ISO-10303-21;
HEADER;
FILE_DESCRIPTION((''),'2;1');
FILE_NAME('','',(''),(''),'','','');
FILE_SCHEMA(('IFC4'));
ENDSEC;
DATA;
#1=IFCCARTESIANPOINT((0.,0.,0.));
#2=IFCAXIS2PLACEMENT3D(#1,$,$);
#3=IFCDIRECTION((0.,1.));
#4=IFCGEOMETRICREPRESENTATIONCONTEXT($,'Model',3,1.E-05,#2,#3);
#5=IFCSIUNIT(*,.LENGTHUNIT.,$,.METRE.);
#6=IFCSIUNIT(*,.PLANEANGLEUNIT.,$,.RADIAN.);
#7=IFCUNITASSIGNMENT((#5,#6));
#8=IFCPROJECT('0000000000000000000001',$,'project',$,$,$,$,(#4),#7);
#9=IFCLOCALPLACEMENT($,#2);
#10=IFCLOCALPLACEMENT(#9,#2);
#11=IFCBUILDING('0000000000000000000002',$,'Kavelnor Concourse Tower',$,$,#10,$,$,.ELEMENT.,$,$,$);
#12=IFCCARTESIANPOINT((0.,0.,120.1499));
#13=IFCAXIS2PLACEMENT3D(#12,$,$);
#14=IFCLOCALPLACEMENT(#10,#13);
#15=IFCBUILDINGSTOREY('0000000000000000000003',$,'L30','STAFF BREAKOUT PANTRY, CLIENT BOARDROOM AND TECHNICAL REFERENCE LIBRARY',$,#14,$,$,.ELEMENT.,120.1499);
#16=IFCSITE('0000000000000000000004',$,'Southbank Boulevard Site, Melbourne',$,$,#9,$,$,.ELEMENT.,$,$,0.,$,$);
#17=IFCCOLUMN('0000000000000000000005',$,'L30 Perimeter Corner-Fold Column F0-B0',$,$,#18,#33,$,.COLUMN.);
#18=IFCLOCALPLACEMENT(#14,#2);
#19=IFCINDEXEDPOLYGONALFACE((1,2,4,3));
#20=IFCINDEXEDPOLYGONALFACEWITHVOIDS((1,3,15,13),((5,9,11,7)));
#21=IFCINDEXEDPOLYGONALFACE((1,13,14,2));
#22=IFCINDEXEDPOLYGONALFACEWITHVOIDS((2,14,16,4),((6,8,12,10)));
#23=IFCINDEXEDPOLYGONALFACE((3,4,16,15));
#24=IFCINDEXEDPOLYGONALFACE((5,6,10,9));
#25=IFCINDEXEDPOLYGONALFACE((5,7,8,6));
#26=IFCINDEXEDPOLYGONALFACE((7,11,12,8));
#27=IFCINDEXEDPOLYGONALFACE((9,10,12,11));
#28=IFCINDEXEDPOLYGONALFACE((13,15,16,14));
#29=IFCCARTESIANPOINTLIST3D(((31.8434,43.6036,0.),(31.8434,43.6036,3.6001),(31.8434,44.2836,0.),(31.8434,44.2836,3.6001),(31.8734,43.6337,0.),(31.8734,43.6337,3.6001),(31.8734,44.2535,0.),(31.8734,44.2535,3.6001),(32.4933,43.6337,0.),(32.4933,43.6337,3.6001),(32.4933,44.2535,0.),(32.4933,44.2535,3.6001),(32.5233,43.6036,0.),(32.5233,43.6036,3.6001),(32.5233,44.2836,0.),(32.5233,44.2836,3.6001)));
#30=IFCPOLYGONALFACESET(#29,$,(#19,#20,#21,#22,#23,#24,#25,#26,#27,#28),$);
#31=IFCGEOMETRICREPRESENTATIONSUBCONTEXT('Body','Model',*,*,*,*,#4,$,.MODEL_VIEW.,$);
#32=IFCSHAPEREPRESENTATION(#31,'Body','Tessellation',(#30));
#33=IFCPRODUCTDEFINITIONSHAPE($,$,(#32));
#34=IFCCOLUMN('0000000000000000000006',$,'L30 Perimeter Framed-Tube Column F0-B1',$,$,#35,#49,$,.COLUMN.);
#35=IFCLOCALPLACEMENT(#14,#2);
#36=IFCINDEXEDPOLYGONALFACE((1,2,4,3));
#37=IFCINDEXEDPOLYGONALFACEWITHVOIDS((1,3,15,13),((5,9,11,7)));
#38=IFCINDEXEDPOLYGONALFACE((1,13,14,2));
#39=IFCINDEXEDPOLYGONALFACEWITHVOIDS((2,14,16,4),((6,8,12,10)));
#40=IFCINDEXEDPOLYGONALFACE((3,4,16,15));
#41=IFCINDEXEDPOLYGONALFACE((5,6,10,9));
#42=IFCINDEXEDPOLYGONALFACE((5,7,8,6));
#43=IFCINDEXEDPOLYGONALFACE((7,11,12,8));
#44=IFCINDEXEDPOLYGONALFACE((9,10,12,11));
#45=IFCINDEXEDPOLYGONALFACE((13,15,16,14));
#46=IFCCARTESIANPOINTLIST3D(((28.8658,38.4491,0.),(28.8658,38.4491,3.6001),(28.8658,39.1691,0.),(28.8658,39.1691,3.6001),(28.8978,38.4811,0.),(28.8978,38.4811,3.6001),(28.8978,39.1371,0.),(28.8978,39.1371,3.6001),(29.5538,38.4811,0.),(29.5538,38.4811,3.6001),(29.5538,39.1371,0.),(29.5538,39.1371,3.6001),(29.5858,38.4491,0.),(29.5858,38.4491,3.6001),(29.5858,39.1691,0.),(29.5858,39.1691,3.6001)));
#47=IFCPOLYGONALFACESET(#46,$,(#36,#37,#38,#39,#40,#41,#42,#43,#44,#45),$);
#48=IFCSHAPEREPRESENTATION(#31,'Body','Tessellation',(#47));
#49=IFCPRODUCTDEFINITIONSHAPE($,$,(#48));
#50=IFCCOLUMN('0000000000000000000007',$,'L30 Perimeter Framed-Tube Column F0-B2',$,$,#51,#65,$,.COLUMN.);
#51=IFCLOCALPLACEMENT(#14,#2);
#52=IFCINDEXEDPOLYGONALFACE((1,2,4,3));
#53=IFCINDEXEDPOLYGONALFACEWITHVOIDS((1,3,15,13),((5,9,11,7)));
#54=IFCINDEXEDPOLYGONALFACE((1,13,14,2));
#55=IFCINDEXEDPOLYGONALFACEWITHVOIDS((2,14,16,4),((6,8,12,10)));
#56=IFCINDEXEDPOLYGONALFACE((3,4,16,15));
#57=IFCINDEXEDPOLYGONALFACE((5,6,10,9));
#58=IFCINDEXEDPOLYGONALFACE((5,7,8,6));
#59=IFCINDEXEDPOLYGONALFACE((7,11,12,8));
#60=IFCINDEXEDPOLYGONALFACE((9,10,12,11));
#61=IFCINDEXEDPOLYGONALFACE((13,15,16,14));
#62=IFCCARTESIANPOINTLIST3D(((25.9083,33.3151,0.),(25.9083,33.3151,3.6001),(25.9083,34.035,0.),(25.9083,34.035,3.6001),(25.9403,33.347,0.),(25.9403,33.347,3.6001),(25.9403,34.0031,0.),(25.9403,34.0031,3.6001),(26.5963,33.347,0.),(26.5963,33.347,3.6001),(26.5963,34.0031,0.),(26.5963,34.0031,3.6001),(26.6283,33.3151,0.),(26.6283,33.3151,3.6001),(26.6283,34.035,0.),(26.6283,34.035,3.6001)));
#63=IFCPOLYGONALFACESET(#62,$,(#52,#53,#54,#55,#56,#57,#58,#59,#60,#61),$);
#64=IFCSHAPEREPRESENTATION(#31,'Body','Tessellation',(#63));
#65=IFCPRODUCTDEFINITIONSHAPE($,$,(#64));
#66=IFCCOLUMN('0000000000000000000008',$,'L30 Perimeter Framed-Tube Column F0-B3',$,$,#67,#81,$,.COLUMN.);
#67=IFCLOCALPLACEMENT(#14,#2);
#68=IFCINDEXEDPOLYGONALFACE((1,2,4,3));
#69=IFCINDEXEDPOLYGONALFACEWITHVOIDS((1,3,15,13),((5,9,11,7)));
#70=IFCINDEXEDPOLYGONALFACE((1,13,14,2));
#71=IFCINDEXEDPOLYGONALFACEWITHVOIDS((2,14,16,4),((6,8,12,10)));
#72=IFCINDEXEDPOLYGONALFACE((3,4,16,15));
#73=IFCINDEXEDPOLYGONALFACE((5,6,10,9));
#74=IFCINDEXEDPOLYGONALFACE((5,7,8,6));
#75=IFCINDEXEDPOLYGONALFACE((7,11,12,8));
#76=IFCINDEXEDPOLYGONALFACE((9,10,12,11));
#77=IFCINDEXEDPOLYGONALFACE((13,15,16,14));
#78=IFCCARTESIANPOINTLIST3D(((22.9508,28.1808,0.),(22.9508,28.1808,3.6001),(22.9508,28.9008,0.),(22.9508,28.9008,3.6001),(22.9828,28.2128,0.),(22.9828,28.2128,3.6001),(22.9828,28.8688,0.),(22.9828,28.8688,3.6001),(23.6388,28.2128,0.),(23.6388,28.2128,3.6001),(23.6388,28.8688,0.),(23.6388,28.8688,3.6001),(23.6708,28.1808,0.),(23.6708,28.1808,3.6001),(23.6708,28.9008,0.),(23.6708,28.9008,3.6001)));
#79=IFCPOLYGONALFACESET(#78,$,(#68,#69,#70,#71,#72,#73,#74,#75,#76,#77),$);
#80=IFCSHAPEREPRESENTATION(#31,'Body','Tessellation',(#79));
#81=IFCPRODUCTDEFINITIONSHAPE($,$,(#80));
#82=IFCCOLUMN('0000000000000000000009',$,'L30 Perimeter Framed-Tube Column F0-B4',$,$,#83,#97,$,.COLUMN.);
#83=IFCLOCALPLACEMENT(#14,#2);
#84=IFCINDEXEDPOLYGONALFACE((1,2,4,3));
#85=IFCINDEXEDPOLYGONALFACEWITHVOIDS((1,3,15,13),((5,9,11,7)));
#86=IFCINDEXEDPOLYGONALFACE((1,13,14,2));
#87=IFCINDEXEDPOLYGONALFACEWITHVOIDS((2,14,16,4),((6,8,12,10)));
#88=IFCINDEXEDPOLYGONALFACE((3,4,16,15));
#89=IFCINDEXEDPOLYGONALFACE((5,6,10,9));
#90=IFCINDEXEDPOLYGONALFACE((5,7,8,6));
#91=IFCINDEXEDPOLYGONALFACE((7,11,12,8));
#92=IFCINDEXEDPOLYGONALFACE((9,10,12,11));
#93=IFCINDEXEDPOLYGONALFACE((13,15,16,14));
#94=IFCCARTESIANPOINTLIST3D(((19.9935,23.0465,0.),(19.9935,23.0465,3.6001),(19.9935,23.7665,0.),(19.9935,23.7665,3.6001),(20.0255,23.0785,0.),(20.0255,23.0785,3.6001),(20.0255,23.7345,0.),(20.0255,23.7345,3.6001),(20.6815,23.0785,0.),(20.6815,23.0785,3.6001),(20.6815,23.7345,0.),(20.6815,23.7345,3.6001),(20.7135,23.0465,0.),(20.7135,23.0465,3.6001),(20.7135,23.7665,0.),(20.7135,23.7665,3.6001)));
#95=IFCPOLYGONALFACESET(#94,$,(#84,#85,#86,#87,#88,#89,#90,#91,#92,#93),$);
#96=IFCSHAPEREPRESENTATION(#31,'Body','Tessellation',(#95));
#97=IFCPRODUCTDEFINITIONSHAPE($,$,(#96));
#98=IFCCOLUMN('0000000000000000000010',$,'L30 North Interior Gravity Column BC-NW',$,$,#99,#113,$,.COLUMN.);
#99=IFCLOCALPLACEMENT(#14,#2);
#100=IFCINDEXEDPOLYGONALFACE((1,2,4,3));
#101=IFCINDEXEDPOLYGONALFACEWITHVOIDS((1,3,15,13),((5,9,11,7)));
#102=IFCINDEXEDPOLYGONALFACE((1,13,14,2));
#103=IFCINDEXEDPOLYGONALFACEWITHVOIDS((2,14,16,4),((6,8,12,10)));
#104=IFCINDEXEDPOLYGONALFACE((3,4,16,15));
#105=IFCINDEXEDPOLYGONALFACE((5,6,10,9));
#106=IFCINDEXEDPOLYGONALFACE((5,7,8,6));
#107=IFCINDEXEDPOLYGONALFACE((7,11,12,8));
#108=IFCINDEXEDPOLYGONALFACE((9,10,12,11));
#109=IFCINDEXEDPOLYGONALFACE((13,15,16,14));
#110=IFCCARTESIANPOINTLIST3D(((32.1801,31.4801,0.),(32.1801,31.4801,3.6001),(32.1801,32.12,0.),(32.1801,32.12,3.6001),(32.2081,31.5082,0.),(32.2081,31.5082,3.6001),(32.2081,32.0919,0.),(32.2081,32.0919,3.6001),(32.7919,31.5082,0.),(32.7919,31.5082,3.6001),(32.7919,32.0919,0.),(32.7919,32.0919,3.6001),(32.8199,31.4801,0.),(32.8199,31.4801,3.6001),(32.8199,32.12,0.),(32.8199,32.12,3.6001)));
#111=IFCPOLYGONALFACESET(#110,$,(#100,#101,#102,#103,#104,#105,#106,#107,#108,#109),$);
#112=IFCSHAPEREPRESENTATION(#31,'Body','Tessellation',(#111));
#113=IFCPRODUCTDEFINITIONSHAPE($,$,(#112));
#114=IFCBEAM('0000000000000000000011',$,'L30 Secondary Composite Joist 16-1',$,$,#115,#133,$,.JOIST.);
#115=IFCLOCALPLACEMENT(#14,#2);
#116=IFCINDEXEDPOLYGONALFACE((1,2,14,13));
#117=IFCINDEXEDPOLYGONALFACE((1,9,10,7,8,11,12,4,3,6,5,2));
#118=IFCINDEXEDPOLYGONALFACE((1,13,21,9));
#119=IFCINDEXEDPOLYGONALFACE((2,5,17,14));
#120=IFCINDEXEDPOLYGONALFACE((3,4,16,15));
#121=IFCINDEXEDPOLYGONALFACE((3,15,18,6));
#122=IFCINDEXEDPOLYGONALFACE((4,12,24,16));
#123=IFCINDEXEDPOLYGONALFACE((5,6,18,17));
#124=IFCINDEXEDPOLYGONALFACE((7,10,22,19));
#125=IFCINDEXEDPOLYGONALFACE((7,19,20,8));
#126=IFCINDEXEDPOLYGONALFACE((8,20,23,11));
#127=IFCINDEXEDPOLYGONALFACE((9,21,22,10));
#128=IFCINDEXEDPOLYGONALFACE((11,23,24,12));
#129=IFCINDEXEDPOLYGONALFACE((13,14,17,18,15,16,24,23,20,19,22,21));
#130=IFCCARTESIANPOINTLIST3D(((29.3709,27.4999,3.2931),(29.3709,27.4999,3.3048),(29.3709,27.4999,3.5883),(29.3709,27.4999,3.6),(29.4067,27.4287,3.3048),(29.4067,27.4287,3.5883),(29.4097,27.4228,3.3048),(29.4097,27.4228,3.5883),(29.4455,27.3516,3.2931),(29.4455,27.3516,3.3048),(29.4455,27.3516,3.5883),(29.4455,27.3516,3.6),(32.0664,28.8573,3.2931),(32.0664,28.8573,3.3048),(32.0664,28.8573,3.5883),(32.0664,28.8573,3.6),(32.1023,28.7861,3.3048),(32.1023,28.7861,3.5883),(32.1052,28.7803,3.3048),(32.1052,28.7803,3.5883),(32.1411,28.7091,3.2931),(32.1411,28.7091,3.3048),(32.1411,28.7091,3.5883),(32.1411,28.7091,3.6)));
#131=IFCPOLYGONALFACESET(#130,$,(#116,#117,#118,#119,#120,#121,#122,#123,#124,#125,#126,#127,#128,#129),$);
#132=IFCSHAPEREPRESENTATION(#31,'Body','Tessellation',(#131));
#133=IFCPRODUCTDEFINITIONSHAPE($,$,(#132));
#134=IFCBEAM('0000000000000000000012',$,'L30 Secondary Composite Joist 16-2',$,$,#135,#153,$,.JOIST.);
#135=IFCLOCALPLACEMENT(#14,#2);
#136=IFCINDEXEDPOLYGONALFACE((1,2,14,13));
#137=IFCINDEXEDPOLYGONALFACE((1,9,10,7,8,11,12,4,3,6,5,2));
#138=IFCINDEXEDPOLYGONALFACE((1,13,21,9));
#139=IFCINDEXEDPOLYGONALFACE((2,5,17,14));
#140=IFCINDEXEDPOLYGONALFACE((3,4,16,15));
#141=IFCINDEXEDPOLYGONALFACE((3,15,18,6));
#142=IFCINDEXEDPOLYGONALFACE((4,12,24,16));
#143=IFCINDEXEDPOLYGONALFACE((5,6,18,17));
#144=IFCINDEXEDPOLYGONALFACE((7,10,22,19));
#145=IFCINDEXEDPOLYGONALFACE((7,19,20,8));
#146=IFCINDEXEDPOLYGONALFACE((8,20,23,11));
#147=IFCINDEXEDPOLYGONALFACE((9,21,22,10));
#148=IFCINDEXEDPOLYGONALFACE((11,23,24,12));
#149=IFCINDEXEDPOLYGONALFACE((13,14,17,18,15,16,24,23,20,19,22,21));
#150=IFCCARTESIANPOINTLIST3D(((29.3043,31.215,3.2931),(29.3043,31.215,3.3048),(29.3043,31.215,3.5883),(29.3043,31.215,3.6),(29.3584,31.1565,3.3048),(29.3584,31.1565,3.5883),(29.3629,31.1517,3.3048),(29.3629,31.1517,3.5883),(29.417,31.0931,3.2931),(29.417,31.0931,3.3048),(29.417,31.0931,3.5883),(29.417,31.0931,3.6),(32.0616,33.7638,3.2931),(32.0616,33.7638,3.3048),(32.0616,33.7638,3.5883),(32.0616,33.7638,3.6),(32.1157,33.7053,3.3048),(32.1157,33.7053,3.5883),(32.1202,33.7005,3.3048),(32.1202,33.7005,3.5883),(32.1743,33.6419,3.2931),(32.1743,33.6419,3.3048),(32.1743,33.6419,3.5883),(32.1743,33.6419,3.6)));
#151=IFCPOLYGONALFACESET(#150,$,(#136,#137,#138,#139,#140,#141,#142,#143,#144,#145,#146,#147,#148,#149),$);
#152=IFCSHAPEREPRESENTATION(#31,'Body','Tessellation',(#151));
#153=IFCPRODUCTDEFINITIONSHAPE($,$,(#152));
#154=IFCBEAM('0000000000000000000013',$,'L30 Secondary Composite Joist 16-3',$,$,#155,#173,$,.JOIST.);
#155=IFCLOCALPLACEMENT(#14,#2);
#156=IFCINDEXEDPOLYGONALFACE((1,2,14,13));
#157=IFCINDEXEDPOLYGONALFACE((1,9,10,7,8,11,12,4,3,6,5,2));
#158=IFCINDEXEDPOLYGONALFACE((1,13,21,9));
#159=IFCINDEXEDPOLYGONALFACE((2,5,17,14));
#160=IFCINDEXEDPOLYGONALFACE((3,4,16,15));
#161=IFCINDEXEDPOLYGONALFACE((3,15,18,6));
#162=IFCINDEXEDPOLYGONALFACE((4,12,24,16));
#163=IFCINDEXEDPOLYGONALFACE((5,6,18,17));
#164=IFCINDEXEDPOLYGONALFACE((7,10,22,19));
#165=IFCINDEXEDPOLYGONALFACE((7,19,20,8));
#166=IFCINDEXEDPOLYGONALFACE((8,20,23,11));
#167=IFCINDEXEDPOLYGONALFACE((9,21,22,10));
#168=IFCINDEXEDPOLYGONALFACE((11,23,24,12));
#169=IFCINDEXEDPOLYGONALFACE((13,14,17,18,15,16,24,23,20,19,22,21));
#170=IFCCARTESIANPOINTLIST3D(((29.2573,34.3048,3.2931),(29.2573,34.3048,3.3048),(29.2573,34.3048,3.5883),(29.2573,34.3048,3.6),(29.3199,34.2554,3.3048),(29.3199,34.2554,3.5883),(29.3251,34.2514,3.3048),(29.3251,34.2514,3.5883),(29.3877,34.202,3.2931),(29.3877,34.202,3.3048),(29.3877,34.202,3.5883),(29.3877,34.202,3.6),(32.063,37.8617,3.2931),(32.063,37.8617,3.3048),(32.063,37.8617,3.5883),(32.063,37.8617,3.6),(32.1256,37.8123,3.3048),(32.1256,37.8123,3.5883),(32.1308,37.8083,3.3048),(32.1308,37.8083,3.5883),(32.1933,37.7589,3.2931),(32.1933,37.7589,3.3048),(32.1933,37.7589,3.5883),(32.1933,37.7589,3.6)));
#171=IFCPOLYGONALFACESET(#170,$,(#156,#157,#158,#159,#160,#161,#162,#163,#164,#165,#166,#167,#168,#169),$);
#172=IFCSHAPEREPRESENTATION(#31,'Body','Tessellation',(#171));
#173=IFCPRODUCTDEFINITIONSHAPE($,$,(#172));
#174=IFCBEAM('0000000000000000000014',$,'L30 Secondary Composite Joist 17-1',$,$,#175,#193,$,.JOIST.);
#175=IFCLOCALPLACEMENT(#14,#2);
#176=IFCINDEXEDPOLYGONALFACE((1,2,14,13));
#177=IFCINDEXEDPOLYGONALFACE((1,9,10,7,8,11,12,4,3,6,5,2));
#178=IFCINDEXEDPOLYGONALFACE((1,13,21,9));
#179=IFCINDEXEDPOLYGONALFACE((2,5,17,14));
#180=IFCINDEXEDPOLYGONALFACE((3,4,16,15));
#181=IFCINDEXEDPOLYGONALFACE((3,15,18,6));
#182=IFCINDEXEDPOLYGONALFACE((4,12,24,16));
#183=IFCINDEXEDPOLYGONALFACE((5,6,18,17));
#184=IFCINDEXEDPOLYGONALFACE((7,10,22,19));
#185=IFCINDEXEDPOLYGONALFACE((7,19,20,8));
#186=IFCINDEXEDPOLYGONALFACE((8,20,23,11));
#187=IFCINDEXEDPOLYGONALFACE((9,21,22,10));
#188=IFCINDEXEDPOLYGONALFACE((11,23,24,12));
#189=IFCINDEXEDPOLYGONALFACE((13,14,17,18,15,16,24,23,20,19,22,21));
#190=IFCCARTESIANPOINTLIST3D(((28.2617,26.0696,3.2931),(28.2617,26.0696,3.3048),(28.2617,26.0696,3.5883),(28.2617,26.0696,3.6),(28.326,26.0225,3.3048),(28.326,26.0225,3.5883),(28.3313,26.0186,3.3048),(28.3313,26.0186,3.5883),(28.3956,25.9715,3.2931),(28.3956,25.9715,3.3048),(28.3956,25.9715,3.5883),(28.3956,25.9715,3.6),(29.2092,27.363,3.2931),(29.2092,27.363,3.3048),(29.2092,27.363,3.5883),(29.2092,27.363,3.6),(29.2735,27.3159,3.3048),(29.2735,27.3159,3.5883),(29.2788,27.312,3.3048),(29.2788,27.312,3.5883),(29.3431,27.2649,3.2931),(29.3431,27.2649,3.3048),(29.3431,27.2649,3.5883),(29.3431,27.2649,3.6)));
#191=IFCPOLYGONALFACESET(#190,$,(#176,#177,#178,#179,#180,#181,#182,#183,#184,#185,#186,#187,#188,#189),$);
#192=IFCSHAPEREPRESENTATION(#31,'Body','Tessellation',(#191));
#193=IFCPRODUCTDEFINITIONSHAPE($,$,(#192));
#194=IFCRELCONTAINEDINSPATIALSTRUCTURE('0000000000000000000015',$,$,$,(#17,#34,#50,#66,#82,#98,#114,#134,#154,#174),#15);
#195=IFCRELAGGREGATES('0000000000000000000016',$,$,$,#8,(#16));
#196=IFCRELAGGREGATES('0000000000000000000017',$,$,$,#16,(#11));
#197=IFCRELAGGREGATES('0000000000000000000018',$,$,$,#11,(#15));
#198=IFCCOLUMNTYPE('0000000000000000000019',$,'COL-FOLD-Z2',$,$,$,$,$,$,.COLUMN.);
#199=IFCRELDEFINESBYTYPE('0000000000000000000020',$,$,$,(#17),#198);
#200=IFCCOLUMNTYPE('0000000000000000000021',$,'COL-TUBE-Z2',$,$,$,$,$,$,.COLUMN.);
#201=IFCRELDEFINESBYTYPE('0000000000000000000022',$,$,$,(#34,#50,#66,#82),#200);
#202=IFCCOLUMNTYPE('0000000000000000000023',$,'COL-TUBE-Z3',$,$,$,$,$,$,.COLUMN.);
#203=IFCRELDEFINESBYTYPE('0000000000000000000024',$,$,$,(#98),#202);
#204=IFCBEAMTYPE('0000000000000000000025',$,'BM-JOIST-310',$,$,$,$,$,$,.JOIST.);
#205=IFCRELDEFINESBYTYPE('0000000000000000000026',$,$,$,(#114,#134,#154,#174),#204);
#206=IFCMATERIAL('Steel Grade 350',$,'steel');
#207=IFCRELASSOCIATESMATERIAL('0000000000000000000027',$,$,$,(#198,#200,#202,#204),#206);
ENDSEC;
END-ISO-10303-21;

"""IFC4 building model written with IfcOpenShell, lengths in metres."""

from ifc_helpers import new_model, si_unit, direction, frame, origin, origin_2d, place, context, subcontext, project, spatial, hollow_rectangle, i_section, extrude, material, material_profile, profile_set, type_object, element, save


model = new_model("IFC4")

# Units and contexts
model_context = context("Model", 3, precision=1e-05, world=origin(), true_north=direction((0.0, 1.0)))
body_context = subcontext(model_context, "Body", "Model", "MODEL_VIEW")
ifc_project = project(units=[si_unit("LENGTHUNIT", "METRE"), si_unit("PLANEANGLEUNIT", "RADIAN")], contexts=[model_context])

# Site, building, storey
site_placement = place(None, origin())
site = spatial("IfcSite", under=ifc_project, at=site_placement, Name="Southbank Boulevard Site, Melbourne", CompositionType="ELEMENT", RefElevation=0.0)
building_placement = place(site_placement, origin())
building = spatial("IfcBuilding", under=site, at=building_placement, Name="Kavelnor Concourse Tower", CompositionType="ELEMENT")
storey_placement = place(building_placement, frame((0.0, 0.0, 120.1499)))
storey = spatial("IfcBuildingStorey", under=building, at=storey_placement, Name="L30", Description="STAFF BREAKOUT PANTRY, CLIENT BOARDROOM AND TECHNICAL REFERENCE LIBRARY", CompositionType="ELEMENT", Elevation=120.1499)

# Columns
ifc_material_1 = material(Name="Steel Grade 350", Category="steel")
ifc_material_profile_1 = material_profile(ifc_material_1, hollow_rectangle(XDim=0.6799, YDim=0.6799, WallThickness=0.03, at=origin_2d()), Name="SHS 680x680x30")
ifc_profile_set_1 = profile_set([ifc_material_profile_1], Name="Steel Grade 350")
column_type_1 = type_object("IfcColumnType", Name="COL-FOLD-Z2", PredefinedType="COLUMN", material=ifc_profile_set_1)
column_1_placement = place(storey_placement, frame((32.1833, 43.9436, 0.0), z_axis=(0.0, 0.0, 1.0), x_axis=(1.0, 0.0, 0.0)))
element("IfcColumn", 1, at=column_1_placement, inside=storey, type_object=column_type_1, Name="L30 Perimeter Corner-Fold Column F0-B0", PredefinedType="COLUMN", context=body_context, shape_type="SweptSolid", body=[
    extrude(hollow_rectangle(XDim=0.6799, YDim=0.6799, WallThickness=0.03, at=origin_2d()), origin(), (0.0, 0.0, 1.0), 3.6001),
])
ifc_material_profile_2 = material_profile(ifc_material_1, hollow_rectangle(XDim=0.72, YDim=0.72, WallThickness=0.032, at=origin_2d()), Name="SHS 720x720x32")
ifc_profile_set_2 = profile_set([ifc_material_profile_2], Name="Steel Grade 350")
column_type_2 = type_object("IfcColumnType", Name="COL-TUBE-Z2", PredefinedType="COLUMN", material=ifc_profile_set_2)
for number, where, z_axis, x_axis, name in (
    (2, (29.2258, 38.8091, 0.0), (0.0, 0.0, 1.0), (1.0, 0.0, 0.0), "L30 Perimeter Framed-Tube Column F0-B1"),
    (3, (26.2683, 33.675, 0.0), (0.0, 0.0, 1.0), (1.0, 0.0, 0.0), "L30 Perimeter Framed-Tube Column F0-B2"),
    (4, (23.3108, 28.5408, 0.0), (0.0, 0.0, 1.0), (1.0, 0.0, 0.0), "L30 Perimeter Framed-Tube Column F0-B3"),
    (5, (20.3535, 23.4065, 0.0), (0.0, 0.0, 1.0), (1.0, 0.0, 0.0), "L30 Perimeter Framed-Tube Column F0-B4"),
):
    element("IfcColumn", number, at=place(storey_placement, frame(where, z_axis=z_axis, x_axis=x_axis)), inside=storey, type_object=column_type_2, Name=name, PredefinedType="COLUMN", context=body_context, shape_type="SweptSolid", body=[
        extrude(hollow_rectangle(XDim=0.72, YDim=0.72, WallThickness=0.032, at=origin_2d()), origin(), (0.0, 0.0, 1.0), 3.6001),
    ])
ifc_material_profile_3 = material_profile(ifc_material_1, hollow_rectangle(XDim=0.6399, YDim=0.6399, WallThickness=0.0281, at=origin_2d()), Name="SHS 640x640x28")
ifc_profile_set_3 = profile_set([ifc_material_profile_3], Name="Steel Grade 350")
column_type_3 = type_object("IfcColumnType", Name="COL-TUBE-Z3", PredefinedType="COLUMN", material=ifc_profile_set_3)
column_2_placement = place(storey_placement, frame((32.5, 31.8, 0.0), z_axis=(0.0, 0.0, 1.0), x_axis=(1.0, 0.0, 0.0)))
element("IfcColumn", 6, at=column_2_placement, inside=storey, type_object=column_type_3, Name="L30 North Interior Gravity Column BC-NW", PredefinedType="COLUMN", context=body_context, shape_type="SweptSolid", body=[
    extrude(hollow_rectangle(XDim=0.6399, YDim=0.6399, WallThickness=0.0281, at=origin_2d()), origin(), (0.0, 0.0, 1.0), 3.6001),
])

# Beams
ifc_material_profile_4 = material_profile(ifc_material_1, i_section(OverallWidth=0.166, OverallDepth=0.3069, WebThickness=0.0066, FlangeThickness=0.0117, at=origin_2d()), Name="310UB46")
ifc_profile_set_4 = profile_set([ifc_material_profile_4], Name="Steel Grade 350")
beam_type_1 = type_object("IfcBeamType", Name="BM-JOIST-310", PredefinedType="JOIST", material=ifc_profile_set_4)
beam_1_placement = place(storey_placement, frame((32.1038, 28.7832, 3.4465), z_axis=(-0.893145, -0.449768, 0.0), x_axis=(0.449768, -0.893145, 0.0)))
element("IfcBeam", 7, at=beam_1_placement, inside=storey, type_object=beam_type_1, Name="L30 Secondary Composite Joist 16-1", PredefinedType="JOIST", context=body_context, shape_type="SweptSolid", body=[
    extrude(i_section(OverallWidth=0.166, OverallDepth=0.3069, WebThickness=0.0066, FlangeThickness=0.0117, at=origin_2d()), origin(), (0.0, 0.0, 1.0), 3.0181),
])
beam_2_placement = place(storey_placement, frame((32.1179, 33.7029, 3.4465), z_axis=(-0.734325, -0.678798, 0.0), x_axis=(0.678798, -0.734325, 0.0)))
element("IfcBeam", 8, at=beam_2_placement, inside=storey, type_object=beam_type_1, Name="L30 Secondary Composite Joist 16-2", PredefinedType="JOIST", context=body_context, shape_type="SweptSolid", body=[
    extrude(i_section(OverallWidth=0.166, OverallDepth=0.3069, WebThickness=0.0066, FlangeThickness=0.0117, at=origin_2d()), origin(), (0.0, 0.0, 1.0), 3.7549),
])
beam_3_placement = place(storey_placement, frame((32.1282, 37.8103, 3.4465), z_axis=(-0.619317, -0.785141, 0.0), x_axis=(0.785141, -0.619317, 0.0)))
element("IfcBeam", 9, at=beam_3_placement, inside=storey, type_object=beam_type_1, Name="L30 Secondary Composite Joist 16-3", PredefinedType="JOIST", context=body_context, shape_type="SweptSolid", body=[
    extrude(i_section(OverallWidth=0.166, OverallDepth=0.3069, WebThickness=0.0066, FlangeThickness=0.0117, at=origin_2d()), origin(), (0.0, 0.0, 1.0), 4.5303),
])
beam_4_placement = place(storey_placement, frame((29.2761, 27.314, 3.4465), z_axis=(-0.590948, -0.80671, 0.0), x_axis=(0.80671, -0.590948, 0.0)))
element("IfcBeam", 10, at=beam_4_placement, inside=storey, type_object=beam_type_1, Name="L30 Secondary Composite Joist 17-1", PredefinedType="JOIST", context=body_context, shape_type="SweptSolid", body=[
    extrude(i_section(OverallWidth=0.166, OverallDepth=0.3069, WebThickness=0.0066, FlangeThickness=0.0117, at=origin_2d()), origin(), (0.0, 0.0, 1.0), 1.6033),
])

save(model, "model.ifc")
